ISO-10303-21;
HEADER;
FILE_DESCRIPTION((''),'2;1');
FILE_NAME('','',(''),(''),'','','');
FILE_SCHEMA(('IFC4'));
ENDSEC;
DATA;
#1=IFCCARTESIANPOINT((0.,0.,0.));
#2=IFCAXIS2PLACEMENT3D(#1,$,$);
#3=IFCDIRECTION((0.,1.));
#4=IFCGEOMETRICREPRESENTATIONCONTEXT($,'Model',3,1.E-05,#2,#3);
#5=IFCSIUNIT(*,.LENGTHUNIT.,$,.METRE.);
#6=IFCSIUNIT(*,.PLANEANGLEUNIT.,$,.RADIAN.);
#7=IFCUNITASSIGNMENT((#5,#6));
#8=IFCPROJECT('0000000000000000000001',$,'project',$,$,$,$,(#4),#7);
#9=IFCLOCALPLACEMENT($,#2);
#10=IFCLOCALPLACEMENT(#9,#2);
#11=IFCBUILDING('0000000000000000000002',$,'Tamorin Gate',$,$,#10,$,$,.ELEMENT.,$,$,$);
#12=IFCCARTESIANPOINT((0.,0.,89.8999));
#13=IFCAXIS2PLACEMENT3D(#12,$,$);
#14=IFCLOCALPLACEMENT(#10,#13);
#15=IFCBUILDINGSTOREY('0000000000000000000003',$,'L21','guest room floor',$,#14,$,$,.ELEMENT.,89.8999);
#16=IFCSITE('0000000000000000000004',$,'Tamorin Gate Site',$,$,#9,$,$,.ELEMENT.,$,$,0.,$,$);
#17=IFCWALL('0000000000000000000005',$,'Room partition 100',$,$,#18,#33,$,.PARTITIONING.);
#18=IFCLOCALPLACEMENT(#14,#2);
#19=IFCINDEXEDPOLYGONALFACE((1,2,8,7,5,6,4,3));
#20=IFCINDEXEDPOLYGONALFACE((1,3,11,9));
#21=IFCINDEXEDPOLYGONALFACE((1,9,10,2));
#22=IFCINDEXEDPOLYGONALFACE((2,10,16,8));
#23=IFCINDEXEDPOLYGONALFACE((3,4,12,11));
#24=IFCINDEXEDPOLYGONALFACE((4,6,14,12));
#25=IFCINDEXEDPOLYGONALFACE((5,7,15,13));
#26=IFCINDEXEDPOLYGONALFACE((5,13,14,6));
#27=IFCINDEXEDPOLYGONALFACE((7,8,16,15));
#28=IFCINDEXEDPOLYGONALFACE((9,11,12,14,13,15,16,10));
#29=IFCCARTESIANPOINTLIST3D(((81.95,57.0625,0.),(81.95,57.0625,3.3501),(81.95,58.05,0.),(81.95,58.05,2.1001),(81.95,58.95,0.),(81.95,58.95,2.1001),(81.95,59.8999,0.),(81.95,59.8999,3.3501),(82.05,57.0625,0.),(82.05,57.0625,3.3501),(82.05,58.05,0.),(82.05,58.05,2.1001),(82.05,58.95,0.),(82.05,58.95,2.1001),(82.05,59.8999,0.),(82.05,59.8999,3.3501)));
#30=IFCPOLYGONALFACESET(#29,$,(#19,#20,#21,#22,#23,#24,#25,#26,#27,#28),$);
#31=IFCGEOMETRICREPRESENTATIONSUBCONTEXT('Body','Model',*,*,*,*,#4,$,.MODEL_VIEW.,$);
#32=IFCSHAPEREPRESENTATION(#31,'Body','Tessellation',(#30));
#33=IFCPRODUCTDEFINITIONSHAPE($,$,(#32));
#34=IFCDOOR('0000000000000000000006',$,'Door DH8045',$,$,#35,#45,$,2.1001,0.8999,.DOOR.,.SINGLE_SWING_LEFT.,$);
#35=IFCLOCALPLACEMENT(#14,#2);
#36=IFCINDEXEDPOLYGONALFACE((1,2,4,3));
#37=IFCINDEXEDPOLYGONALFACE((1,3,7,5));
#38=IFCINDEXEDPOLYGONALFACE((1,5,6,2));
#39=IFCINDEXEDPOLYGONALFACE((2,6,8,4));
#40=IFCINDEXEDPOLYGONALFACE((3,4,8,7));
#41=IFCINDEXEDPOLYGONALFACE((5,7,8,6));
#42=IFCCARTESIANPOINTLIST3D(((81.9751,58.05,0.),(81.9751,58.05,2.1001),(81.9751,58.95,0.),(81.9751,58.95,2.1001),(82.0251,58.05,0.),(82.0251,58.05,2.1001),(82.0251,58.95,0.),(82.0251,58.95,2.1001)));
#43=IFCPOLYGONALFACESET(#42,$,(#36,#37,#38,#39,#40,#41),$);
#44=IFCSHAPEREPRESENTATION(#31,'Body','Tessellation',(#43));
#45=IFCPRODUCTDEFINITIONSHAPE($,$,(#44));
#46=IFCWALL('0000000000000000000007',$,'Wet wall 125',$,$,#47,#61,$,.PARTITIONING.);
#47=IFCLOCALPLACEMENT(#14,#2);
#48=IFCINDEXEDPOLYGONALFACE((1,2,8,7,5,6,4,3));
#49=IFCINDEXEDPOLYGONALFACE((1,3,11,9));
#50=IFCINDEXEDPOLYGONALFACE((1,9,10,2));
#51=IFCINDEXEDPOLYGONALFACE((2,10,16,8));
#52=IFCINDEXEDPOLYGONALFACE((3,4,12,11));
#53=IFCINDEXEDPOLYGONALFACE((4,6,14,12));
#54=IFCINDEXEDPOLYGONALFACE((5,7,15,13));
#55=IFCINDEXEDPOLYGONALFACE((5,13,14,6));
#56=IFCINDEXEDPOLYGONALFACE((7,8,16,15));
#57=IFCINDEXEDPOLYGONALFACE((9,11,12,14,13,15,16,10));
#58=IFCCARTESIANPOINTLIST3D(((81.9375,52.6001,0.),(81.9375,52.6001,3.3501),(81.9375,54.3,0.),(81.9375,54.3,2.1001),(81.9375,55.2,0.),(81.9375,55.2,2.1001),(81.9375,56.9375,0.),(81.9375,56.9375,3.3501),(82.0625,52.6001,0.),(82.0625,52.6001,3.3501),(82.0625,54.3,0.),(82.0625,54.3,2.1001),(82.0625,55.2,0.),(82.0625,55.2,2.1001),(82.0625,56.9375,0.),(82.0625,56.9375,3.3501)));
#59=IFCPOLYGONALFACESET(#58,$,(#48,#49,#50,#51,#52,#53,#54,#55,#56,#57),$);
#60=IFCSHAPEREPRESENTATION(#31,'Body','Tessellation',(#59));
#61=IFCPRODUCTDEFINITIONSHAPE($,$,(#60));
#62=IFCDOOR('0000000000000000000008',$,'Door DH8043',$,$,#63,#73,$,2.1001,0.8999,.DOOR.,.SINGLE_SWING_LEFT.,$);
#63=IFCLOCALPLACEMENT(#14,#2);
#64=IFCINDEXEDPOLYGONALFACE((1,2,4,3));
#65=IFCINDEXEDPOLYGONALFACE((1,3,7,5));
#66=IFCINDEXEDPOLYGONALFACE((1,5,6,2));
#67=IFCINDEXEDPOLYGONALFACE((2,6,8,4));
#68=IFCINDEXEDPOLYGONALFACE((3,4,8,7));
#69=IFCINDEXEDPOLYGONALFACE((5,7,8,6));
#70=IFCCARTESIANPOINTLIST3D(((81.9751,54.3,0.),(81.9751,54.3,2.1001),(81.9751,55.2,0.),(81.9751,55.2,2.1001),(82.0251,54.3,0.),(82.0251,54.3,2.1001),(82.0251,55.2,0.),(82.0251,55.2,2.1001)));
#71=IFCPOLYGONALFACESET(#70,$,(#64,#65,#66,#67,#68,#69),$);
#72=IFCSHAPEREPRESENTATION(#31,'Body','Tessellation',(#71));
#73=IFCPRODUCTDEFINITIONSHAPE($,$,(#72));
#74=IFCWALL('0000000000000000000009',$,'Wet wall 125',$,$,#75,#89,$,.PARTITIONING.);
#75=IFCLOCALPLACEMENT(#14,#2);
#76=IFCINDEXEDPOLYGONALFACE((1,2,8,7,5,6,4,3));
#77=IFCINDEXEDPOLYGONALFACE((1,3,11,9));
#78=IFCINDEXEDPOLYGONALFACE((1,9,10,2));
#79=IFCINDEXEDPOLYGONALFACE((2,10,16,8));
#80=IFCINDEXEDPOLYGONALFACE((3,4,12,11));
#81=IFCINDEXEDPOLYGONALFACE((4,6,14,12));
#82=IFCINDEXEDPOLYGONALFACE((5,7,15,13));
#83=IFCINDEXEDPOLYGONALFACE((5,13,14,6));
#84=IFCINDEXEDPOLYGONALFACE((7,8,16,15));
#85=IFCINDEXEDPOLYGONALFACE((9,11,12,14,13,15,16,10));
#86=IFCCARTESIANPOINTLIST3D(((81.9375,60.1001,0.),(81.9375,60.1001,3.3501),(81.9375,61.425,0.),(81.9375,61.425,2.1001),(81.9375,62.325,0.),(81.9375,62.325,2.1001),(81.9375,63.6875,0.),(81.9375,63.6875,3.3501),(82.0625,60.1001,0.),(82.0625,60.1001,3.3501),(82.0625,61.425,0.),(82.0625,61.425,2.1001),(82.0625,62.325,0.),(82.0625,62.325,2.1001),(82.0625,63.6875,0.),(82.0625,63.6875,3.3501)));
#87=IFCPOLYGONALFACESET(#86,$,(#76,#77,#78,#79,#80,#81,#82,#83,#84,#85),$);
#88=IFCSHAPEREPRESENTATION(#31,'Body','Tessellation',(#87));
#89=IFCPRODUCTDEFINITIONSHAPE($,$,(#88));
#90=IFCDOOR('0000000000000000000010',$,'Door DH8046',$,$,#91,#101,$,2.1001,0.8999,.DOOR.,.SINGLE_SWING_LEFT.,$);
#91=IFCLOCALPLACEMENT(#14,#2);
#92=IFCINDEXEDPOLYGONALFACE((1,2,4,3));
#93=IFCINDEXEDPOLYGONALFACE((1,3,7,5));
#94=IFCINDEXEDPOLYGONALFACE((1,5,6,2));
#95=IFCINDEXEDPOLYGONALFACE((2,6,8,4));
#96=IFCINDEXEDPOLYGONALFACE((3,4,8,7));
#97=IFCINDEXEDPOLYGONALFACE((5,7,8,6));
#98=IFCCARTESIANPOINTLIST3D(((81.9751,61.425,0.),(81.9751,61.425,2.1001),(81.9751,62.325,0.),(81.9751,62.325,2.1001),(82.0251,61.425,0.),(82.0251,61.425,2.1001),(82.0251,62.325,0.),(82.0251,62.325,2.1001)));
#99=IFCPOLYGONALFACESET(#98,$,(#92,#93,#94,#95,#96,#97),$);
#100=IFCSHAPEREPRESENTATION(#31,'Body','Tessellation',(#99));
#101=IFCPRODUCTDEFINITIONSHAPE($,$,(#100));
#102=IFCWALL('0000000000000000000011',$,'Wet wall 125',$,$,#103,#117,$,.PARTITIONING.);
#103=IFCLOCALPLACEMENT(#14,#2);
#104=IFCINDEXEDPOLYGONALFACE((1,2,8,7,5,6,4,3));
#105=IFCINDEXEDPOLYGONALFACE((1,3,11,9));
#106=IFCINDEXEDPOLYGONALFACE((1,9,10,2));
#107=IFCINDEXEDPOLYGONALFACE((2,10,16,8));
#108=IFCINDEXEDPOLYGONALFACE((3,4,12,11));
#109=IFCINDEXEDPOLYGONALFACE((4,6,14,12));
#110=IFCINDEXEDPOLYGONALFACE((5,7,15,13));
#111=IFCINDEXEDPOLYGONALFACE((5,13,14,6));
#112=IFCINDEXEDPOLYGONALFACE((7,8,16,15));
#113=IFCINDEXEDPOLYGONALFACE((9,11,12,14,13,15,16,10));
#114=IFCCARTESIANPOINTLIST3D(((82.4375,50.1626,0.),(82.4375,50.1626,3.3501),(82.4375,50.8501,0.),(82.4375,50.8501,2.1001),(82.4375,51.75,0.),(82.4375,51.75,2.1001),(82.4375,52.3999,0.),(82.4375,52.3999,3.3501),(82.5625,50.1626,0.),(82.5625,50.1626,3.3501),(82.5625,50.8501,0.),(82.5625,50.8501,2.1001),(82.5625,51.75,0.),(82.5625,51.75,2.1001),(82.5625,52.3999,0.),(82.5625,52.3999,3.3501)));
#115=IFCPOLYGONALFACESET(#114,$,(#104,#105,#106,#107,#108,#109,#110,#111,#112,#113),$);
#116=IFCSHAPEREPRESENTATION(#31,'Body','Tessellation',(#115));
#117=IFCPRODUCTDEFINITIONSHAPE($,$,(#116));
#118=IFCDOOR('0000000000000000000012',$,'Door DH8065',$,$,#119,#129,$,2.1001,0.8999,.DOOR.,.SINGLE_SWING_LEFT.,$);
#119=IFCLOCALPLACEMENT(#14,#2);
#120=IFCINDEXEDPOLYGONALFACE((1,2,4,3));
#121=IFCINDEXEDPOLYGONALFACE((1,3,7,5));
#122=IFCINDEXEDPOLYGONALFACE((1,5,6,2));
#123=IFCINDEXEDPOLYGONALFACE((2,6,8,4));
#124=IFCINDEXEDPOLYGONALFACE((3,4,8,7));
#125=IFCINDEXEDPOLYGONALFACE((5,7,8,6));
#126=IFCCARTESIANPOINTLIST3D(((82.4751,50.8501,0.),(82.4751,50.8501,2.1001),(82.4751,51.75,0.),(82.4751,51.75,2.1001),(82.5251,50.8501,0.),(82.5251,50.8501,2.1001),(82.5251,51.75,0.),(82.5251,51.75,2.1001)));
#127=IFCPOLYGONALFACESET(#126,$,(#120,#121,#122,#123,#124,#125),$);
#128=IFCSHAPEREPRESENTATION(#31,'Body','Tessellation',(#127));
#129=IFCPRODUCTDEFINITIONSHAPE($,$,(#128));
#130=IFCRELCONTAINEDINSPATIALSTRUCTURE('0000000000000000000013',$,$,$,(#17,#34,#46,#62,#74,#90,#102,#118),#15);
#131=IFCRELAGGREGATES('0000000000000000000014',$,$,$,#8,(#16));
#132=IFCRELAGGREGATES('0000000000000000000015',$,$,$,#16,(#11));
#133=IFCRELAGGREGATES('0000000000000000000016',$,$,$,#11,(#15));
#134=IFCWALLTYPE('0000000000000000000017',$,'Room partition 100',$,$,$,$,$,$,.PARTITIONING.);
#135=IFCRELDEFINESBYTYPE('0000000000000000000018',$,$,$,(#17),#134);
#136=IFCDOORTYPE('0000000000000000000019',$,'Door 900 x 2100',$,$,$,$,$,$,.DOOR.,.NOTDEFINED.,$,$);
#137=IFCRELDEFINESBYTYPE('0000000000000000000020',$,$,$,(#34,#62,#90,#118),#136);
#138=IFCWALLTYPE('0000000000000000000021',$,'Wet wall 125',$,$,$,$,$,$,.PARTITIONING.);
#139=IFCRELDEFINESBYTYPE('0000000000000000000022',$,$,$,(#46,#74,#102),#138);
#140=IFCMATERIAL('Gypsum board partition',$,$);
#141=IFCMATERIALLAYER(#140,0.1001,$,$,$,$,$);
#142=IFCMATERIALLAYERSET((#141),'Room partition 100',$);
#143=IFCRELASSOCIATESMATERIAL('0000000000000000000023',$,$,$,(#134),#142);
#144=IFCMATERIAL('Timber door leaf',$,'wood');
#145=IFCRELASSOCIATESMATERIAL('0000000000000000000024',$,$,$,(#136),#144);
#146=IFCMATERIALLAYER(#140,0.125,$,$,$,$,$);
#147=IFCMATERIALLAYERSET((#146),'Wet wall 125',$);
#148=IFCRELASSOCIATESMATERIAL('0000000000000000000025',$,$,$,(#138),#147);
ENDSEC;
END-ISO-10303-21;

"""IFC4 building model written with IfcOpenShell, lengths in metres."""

from ifc_helpers import new_model, si_unit, direction, frame, frame_2d, origin, place, context, subcontext, project, spatial, rectangle, extrude, material, layer, layer_set, type_object, element, fill, save


model = new_model("IFC4")

# Units and contexts
model_context = context("Model", 3, precision=1e-05, world=origin(), true_north=direction((0.0, 1.0)))
body_context = subcontext(model_context, "Body", "Model", "MODEL_VIEW")
ifc_project = project(units=[si_unit("LENGTHUNIT", "METRE"), si_unit("PLANEANGLEUNIT", "RADIAN")], contexts=[model_context])

# Site, building, storey
site_placement = place(None, origin())
site = spatial("IfcSite", under=ifc_project, at=site_placement, Name="Tamorin Gate Site", CompositionType="ELEMENT", RefElevation=0.0)
building_placement = place(site_placement, origin())
building = spatial("IfcBuilding", under=site, at=building_placement, Name="Tamorin Gate", CompositionType="ELEMENT")
storey_placement = place(building_placement, frame((0.0, 0.0, 89.8999)))
storey = spatial("IfcBuildingStorey", under=building, at=storey_placement, Name="L21", Description="guest room floor", CompositionType="ELEMENT", Elevation=89.8999)

# Walls, openings, doors
ifc_material_1 = material(Name="Gypsum board partition")
ifc_layer_1 = layer(ifc_material_1, 0.1001)
ifc_layer_set_1 = layer_set([ifc_layer_1], Name="Room partition 100")
wall_type_1 = type_object("IfcWallType", Name="Room partition 100", PredefinedType="PARTITIONING", material=ifc_layer_set_1)
wall_1_placement = place(storey_placement, frame((82.0, 57.0625, 0.0), z_axis=(0.0, 0.0, 1.0), x_axis=(0.0, 1.0, 0.0)))
wall_1 = element("IfcWall", 1, at=wall_1_placement, inside=storey, type_object=wall_type_1, Name="Room partition 100", PredefinedType="PARTITIONING", context=body_context, shape_type="SweptSolid", body=[
    extrude(rectangle(XDim=2.8374, YDim=0.1001, at=frame_2d((1.4187, 0.0))), origin(), (0.0, 0.0, 1.0), 3.3501),
])
opening_1_placement = place(wall_1_placement, frame((0.9875, 0.0, 0.0)))
opening_1 = element("IfcOpeningElement", 2, at=opening_1_placement, cuts=wall_1, PredefinedType="OPENING", context=body_context, shape_type="SweptSolid", body=[
    extrude(rectangle(XDim=0.8999, YDim=2.1001, at=frame_2d((0.45, 1.05))), frame((0.0, 0.0601, 0.0), z_axis=(0.0, -1.0, 0.0), x_axis=(1.0, 0.0, 0.0)), (0.0, 0.0, 1.0), 0.1201),
])
ifc_material_2 = material(Name="Timber door leaf", Category="wood")
door_type = type_object("IfcDoorType", Name="Door 900 x 2100", OperationType="NOTDEFINED", PredefinedType="DOOR", material=ifc_material_2)
door_1_placement = place(opening_1_placement, origin())
door_1 = element("IfcDoor", 3, at=door_1_placement, inside=storey, type_object=door_type, Name="Door DH8045", OperationType="SINGLE_SWING_LEFT", OverallHeight=2.1001, OverallWidth=0.8999, PredefinedType="DOOR", context=body_context, shape_type="SweptSolid", body=[
    extrude(rectangle(XDim=0.8999, YDim=2.1001, at=frame_2d((0.45, 1.05))), frame((0.0, 0.0249, 0.0), z_axis=(0.0, -1.0, 0.0), x_axis=(1.0, 0.0, 0.0)), (0.0, 0.0, 1.0), 0.05),
])
fill(opening_1, door_1)
ifc_layer_2 = layer(ifc_material_1, 0.125)
ifc_layer_set_2 = layer_set([ifc_layer_2], Name="Wet wall 125")
wall_type_2 = type_object("IfcWallType", Name="Wet wall 125", PredefinedType="PARTITIONING", material=ifc_layer_set_2)
wall_2_placement = place(storey_placement, frame((82.0, 52.6001, 0.0), z_axis=(0.0, 0.0, 1.0), x_axis=(0.0, 1.0, 0.0)))
wall_2 = element("IfcWall", 4, at=wall_2_placement, inside=storey, type_object=wall_type_2, Name="Wet wall 125", PredefinedType="PARTITIONING", context=body_context, shape_type="SweptSolid", body=[
    extrude(rectangle(XDim=4.3374, YDim=0.125, at=frame_2d((2.1687, 0.0))), origin(), (0.0, 0.0, 1.0), 3.3501),
])
opening_2_placement = place(wall_2_placement, frame((1.7, 0.0, 0.0)))
opening_2 = element("IfcOpeningElement", 5, at=opening_2_placement, cuts=wall_2, PredefinedType="OPENING", context=body_context, shape_type="SweptSolid", body=[
    extrude(rectangle(XDim=0.8999, YDim=2.1001, at=frame_2d((0.45, 1.05))), frame((0.0, 0.0725, 0.0), z_axis=(0.0, -1.0, 0.0), x_axis=(1.0, 0.0, 0.0)), (0.0, 0.0, 1.0), 0.145),
])
door_2_placement = place(opening_2_placement, origin())
door_2 = element("IfcDoor", 6, at=door_2_placement, inside=storey, type_object=door_type, Name="Door DH8043", OperationType="SINGLE_SWING_LEFT", OverallHeight=2.1001, OverallWidth=0.8999, PredefinedType="DOOR", context=body_context, shape_type="SweptSolid", body=[
    extrude(rectangle(XDim=0.8999, YDim=2.1001, at=frame_2d((0.45, 1.05))), frame((0.0, 0.0249, 0.0), z_axis=(0.0, -1.0, 0.0), x_axis=(1.0, 0.0, 0.0)), (0.0, 0.0, 1.0), 0.05),
])
fill(opening_2, door_2)
wall_3_placement = place(storey_placement, frame((82.0, 60.1001, 0.0), z_axis=(0.0, 0.0, 1.0), x_axis=(0.0, 1.0, 0.0)))
wall_3 = element("IfcWall", 7, at=wall_3_placement, inside=storey, type_object=wall_type_2, Name="Wet wall 125", PredefinedType="PARTITIONING", context=body_context, shape_type="SweptSolid", body=[
    extrude(rectangle(XDim=3.5874, YDim=0.125, at=frame_2d((1.7937, 0.0))), origin(), (0.0, 0.0, 1.0), 3.3501),
])
opening_3_placement = place(wall_3_placement, frame((1.325, 0.0, 0.0)))
opening_3 = element("IfcOpeningElement", 8, at=opening_3_placement, cuts=wall_3, PredefinedType="OPENING", context=body_context, shape_type="SweptSolid", body=[
    extrude(rectangle(XDim=0.8999, YDim=2.1001, at=frame_2d((0.45, 1.05))), frame((0.0, 0.0725, 0.0), z_axis=(0.0, -1.0, 0.0), x_axis=(1.0, 0.0, 0.0)), (0.0, 0.0, 1.0), 0.145),
])
door_3_placement = place(opening_3_placement, origin())
door_3 = element("IfcDoor", 9, at=door_3_placement, inside=storey, type_object=door_type, Name="Door DH8046", OperationType="SINGLE_SWING_LEFT", OverallHeight=2.1001, OverallWidth=0.8999, PredefinedType="DOOR", context=body_context, shape_type="SweptSolid", body=[
    extrude(rectangle(XDim=0.8999, YDim=2.1001, at=frame_2d((0.45, 1.05))), frame((0.0, 0.0249, 0.0), z_axis=(0.0, -1.0, 0.0), x_axis=(1.0, 0.0, 0.0)), (0.0, 0.0, 1.0), 0.05),
])
fill(opening_3, door_3)
wall_4_placement = place(storey_placement, frame((82.5, 50.1626, 0.0), z_axis=(0.0, 0.0, 1.0), x_axis=(0.0, 1.0, 0.0)))
wall_4 = element("IfcWall", 10, at=wall_4_placement, inside=storey, type_object=wall_type_2, Name="Wet wall 125", PredefinedType="PARTITIONING", context=body_context, shape_type="SweptSolid", body=[
    extrude(rectangle(XDim=2.2373, YDim=0.125, at=frame_2d((1.1187, 0.0))), origin(), (0.0, 0.0, 1.0), 3.3501),
])
opening_4_placement = place(wall_4_placement, frame((0.6875, 0.0, 0.0)))
opening_4 = element("IfcOpeningElement", 11, at=opening_4_placement, cuts=wall_4, PredefinedType="OPENING", context=body_context, shape_type="SweptSolid", body=[
    extrude(rectangle(XDim=0.8999, YDim=2.1001, at=frame_2d((0.45, 1.05))), frame((0.0, 0.0725, 0.0), z_axis=(0.0, -1.0, 0.0), x_axis=(1.0, 0.0, 0.0)), (0.0, 0.0, 1.0), 0.145),
])
door_4_placement = place(opening_4_placement, origin())
door_4 = element("IfcDoor", 12, at=door_4_placement, inside=storey, type_object=door_type, Name="Door DH8065", OperationType="SINGLE_SWING_LEFT", OverallHeight=2.1001, OverallWidth=0.8999, PredefinedType="DOOR", context=body_context, shape_type="SweptSolid", body=[
    extrude(rectangle(XDim=0.8999, YDim=2.1001, at=frame_2d((0.45, 1.05))), frame((0.0, 0.0249, 0.0), z_axis=(0.0, -1.0, 0.0), x_axis=(1.0, 0.0, 0.0)), (0.0, 0.0, 1.0), 0.05),
])
fill(opening_4, door_4)

save(model, "model.ifc")
